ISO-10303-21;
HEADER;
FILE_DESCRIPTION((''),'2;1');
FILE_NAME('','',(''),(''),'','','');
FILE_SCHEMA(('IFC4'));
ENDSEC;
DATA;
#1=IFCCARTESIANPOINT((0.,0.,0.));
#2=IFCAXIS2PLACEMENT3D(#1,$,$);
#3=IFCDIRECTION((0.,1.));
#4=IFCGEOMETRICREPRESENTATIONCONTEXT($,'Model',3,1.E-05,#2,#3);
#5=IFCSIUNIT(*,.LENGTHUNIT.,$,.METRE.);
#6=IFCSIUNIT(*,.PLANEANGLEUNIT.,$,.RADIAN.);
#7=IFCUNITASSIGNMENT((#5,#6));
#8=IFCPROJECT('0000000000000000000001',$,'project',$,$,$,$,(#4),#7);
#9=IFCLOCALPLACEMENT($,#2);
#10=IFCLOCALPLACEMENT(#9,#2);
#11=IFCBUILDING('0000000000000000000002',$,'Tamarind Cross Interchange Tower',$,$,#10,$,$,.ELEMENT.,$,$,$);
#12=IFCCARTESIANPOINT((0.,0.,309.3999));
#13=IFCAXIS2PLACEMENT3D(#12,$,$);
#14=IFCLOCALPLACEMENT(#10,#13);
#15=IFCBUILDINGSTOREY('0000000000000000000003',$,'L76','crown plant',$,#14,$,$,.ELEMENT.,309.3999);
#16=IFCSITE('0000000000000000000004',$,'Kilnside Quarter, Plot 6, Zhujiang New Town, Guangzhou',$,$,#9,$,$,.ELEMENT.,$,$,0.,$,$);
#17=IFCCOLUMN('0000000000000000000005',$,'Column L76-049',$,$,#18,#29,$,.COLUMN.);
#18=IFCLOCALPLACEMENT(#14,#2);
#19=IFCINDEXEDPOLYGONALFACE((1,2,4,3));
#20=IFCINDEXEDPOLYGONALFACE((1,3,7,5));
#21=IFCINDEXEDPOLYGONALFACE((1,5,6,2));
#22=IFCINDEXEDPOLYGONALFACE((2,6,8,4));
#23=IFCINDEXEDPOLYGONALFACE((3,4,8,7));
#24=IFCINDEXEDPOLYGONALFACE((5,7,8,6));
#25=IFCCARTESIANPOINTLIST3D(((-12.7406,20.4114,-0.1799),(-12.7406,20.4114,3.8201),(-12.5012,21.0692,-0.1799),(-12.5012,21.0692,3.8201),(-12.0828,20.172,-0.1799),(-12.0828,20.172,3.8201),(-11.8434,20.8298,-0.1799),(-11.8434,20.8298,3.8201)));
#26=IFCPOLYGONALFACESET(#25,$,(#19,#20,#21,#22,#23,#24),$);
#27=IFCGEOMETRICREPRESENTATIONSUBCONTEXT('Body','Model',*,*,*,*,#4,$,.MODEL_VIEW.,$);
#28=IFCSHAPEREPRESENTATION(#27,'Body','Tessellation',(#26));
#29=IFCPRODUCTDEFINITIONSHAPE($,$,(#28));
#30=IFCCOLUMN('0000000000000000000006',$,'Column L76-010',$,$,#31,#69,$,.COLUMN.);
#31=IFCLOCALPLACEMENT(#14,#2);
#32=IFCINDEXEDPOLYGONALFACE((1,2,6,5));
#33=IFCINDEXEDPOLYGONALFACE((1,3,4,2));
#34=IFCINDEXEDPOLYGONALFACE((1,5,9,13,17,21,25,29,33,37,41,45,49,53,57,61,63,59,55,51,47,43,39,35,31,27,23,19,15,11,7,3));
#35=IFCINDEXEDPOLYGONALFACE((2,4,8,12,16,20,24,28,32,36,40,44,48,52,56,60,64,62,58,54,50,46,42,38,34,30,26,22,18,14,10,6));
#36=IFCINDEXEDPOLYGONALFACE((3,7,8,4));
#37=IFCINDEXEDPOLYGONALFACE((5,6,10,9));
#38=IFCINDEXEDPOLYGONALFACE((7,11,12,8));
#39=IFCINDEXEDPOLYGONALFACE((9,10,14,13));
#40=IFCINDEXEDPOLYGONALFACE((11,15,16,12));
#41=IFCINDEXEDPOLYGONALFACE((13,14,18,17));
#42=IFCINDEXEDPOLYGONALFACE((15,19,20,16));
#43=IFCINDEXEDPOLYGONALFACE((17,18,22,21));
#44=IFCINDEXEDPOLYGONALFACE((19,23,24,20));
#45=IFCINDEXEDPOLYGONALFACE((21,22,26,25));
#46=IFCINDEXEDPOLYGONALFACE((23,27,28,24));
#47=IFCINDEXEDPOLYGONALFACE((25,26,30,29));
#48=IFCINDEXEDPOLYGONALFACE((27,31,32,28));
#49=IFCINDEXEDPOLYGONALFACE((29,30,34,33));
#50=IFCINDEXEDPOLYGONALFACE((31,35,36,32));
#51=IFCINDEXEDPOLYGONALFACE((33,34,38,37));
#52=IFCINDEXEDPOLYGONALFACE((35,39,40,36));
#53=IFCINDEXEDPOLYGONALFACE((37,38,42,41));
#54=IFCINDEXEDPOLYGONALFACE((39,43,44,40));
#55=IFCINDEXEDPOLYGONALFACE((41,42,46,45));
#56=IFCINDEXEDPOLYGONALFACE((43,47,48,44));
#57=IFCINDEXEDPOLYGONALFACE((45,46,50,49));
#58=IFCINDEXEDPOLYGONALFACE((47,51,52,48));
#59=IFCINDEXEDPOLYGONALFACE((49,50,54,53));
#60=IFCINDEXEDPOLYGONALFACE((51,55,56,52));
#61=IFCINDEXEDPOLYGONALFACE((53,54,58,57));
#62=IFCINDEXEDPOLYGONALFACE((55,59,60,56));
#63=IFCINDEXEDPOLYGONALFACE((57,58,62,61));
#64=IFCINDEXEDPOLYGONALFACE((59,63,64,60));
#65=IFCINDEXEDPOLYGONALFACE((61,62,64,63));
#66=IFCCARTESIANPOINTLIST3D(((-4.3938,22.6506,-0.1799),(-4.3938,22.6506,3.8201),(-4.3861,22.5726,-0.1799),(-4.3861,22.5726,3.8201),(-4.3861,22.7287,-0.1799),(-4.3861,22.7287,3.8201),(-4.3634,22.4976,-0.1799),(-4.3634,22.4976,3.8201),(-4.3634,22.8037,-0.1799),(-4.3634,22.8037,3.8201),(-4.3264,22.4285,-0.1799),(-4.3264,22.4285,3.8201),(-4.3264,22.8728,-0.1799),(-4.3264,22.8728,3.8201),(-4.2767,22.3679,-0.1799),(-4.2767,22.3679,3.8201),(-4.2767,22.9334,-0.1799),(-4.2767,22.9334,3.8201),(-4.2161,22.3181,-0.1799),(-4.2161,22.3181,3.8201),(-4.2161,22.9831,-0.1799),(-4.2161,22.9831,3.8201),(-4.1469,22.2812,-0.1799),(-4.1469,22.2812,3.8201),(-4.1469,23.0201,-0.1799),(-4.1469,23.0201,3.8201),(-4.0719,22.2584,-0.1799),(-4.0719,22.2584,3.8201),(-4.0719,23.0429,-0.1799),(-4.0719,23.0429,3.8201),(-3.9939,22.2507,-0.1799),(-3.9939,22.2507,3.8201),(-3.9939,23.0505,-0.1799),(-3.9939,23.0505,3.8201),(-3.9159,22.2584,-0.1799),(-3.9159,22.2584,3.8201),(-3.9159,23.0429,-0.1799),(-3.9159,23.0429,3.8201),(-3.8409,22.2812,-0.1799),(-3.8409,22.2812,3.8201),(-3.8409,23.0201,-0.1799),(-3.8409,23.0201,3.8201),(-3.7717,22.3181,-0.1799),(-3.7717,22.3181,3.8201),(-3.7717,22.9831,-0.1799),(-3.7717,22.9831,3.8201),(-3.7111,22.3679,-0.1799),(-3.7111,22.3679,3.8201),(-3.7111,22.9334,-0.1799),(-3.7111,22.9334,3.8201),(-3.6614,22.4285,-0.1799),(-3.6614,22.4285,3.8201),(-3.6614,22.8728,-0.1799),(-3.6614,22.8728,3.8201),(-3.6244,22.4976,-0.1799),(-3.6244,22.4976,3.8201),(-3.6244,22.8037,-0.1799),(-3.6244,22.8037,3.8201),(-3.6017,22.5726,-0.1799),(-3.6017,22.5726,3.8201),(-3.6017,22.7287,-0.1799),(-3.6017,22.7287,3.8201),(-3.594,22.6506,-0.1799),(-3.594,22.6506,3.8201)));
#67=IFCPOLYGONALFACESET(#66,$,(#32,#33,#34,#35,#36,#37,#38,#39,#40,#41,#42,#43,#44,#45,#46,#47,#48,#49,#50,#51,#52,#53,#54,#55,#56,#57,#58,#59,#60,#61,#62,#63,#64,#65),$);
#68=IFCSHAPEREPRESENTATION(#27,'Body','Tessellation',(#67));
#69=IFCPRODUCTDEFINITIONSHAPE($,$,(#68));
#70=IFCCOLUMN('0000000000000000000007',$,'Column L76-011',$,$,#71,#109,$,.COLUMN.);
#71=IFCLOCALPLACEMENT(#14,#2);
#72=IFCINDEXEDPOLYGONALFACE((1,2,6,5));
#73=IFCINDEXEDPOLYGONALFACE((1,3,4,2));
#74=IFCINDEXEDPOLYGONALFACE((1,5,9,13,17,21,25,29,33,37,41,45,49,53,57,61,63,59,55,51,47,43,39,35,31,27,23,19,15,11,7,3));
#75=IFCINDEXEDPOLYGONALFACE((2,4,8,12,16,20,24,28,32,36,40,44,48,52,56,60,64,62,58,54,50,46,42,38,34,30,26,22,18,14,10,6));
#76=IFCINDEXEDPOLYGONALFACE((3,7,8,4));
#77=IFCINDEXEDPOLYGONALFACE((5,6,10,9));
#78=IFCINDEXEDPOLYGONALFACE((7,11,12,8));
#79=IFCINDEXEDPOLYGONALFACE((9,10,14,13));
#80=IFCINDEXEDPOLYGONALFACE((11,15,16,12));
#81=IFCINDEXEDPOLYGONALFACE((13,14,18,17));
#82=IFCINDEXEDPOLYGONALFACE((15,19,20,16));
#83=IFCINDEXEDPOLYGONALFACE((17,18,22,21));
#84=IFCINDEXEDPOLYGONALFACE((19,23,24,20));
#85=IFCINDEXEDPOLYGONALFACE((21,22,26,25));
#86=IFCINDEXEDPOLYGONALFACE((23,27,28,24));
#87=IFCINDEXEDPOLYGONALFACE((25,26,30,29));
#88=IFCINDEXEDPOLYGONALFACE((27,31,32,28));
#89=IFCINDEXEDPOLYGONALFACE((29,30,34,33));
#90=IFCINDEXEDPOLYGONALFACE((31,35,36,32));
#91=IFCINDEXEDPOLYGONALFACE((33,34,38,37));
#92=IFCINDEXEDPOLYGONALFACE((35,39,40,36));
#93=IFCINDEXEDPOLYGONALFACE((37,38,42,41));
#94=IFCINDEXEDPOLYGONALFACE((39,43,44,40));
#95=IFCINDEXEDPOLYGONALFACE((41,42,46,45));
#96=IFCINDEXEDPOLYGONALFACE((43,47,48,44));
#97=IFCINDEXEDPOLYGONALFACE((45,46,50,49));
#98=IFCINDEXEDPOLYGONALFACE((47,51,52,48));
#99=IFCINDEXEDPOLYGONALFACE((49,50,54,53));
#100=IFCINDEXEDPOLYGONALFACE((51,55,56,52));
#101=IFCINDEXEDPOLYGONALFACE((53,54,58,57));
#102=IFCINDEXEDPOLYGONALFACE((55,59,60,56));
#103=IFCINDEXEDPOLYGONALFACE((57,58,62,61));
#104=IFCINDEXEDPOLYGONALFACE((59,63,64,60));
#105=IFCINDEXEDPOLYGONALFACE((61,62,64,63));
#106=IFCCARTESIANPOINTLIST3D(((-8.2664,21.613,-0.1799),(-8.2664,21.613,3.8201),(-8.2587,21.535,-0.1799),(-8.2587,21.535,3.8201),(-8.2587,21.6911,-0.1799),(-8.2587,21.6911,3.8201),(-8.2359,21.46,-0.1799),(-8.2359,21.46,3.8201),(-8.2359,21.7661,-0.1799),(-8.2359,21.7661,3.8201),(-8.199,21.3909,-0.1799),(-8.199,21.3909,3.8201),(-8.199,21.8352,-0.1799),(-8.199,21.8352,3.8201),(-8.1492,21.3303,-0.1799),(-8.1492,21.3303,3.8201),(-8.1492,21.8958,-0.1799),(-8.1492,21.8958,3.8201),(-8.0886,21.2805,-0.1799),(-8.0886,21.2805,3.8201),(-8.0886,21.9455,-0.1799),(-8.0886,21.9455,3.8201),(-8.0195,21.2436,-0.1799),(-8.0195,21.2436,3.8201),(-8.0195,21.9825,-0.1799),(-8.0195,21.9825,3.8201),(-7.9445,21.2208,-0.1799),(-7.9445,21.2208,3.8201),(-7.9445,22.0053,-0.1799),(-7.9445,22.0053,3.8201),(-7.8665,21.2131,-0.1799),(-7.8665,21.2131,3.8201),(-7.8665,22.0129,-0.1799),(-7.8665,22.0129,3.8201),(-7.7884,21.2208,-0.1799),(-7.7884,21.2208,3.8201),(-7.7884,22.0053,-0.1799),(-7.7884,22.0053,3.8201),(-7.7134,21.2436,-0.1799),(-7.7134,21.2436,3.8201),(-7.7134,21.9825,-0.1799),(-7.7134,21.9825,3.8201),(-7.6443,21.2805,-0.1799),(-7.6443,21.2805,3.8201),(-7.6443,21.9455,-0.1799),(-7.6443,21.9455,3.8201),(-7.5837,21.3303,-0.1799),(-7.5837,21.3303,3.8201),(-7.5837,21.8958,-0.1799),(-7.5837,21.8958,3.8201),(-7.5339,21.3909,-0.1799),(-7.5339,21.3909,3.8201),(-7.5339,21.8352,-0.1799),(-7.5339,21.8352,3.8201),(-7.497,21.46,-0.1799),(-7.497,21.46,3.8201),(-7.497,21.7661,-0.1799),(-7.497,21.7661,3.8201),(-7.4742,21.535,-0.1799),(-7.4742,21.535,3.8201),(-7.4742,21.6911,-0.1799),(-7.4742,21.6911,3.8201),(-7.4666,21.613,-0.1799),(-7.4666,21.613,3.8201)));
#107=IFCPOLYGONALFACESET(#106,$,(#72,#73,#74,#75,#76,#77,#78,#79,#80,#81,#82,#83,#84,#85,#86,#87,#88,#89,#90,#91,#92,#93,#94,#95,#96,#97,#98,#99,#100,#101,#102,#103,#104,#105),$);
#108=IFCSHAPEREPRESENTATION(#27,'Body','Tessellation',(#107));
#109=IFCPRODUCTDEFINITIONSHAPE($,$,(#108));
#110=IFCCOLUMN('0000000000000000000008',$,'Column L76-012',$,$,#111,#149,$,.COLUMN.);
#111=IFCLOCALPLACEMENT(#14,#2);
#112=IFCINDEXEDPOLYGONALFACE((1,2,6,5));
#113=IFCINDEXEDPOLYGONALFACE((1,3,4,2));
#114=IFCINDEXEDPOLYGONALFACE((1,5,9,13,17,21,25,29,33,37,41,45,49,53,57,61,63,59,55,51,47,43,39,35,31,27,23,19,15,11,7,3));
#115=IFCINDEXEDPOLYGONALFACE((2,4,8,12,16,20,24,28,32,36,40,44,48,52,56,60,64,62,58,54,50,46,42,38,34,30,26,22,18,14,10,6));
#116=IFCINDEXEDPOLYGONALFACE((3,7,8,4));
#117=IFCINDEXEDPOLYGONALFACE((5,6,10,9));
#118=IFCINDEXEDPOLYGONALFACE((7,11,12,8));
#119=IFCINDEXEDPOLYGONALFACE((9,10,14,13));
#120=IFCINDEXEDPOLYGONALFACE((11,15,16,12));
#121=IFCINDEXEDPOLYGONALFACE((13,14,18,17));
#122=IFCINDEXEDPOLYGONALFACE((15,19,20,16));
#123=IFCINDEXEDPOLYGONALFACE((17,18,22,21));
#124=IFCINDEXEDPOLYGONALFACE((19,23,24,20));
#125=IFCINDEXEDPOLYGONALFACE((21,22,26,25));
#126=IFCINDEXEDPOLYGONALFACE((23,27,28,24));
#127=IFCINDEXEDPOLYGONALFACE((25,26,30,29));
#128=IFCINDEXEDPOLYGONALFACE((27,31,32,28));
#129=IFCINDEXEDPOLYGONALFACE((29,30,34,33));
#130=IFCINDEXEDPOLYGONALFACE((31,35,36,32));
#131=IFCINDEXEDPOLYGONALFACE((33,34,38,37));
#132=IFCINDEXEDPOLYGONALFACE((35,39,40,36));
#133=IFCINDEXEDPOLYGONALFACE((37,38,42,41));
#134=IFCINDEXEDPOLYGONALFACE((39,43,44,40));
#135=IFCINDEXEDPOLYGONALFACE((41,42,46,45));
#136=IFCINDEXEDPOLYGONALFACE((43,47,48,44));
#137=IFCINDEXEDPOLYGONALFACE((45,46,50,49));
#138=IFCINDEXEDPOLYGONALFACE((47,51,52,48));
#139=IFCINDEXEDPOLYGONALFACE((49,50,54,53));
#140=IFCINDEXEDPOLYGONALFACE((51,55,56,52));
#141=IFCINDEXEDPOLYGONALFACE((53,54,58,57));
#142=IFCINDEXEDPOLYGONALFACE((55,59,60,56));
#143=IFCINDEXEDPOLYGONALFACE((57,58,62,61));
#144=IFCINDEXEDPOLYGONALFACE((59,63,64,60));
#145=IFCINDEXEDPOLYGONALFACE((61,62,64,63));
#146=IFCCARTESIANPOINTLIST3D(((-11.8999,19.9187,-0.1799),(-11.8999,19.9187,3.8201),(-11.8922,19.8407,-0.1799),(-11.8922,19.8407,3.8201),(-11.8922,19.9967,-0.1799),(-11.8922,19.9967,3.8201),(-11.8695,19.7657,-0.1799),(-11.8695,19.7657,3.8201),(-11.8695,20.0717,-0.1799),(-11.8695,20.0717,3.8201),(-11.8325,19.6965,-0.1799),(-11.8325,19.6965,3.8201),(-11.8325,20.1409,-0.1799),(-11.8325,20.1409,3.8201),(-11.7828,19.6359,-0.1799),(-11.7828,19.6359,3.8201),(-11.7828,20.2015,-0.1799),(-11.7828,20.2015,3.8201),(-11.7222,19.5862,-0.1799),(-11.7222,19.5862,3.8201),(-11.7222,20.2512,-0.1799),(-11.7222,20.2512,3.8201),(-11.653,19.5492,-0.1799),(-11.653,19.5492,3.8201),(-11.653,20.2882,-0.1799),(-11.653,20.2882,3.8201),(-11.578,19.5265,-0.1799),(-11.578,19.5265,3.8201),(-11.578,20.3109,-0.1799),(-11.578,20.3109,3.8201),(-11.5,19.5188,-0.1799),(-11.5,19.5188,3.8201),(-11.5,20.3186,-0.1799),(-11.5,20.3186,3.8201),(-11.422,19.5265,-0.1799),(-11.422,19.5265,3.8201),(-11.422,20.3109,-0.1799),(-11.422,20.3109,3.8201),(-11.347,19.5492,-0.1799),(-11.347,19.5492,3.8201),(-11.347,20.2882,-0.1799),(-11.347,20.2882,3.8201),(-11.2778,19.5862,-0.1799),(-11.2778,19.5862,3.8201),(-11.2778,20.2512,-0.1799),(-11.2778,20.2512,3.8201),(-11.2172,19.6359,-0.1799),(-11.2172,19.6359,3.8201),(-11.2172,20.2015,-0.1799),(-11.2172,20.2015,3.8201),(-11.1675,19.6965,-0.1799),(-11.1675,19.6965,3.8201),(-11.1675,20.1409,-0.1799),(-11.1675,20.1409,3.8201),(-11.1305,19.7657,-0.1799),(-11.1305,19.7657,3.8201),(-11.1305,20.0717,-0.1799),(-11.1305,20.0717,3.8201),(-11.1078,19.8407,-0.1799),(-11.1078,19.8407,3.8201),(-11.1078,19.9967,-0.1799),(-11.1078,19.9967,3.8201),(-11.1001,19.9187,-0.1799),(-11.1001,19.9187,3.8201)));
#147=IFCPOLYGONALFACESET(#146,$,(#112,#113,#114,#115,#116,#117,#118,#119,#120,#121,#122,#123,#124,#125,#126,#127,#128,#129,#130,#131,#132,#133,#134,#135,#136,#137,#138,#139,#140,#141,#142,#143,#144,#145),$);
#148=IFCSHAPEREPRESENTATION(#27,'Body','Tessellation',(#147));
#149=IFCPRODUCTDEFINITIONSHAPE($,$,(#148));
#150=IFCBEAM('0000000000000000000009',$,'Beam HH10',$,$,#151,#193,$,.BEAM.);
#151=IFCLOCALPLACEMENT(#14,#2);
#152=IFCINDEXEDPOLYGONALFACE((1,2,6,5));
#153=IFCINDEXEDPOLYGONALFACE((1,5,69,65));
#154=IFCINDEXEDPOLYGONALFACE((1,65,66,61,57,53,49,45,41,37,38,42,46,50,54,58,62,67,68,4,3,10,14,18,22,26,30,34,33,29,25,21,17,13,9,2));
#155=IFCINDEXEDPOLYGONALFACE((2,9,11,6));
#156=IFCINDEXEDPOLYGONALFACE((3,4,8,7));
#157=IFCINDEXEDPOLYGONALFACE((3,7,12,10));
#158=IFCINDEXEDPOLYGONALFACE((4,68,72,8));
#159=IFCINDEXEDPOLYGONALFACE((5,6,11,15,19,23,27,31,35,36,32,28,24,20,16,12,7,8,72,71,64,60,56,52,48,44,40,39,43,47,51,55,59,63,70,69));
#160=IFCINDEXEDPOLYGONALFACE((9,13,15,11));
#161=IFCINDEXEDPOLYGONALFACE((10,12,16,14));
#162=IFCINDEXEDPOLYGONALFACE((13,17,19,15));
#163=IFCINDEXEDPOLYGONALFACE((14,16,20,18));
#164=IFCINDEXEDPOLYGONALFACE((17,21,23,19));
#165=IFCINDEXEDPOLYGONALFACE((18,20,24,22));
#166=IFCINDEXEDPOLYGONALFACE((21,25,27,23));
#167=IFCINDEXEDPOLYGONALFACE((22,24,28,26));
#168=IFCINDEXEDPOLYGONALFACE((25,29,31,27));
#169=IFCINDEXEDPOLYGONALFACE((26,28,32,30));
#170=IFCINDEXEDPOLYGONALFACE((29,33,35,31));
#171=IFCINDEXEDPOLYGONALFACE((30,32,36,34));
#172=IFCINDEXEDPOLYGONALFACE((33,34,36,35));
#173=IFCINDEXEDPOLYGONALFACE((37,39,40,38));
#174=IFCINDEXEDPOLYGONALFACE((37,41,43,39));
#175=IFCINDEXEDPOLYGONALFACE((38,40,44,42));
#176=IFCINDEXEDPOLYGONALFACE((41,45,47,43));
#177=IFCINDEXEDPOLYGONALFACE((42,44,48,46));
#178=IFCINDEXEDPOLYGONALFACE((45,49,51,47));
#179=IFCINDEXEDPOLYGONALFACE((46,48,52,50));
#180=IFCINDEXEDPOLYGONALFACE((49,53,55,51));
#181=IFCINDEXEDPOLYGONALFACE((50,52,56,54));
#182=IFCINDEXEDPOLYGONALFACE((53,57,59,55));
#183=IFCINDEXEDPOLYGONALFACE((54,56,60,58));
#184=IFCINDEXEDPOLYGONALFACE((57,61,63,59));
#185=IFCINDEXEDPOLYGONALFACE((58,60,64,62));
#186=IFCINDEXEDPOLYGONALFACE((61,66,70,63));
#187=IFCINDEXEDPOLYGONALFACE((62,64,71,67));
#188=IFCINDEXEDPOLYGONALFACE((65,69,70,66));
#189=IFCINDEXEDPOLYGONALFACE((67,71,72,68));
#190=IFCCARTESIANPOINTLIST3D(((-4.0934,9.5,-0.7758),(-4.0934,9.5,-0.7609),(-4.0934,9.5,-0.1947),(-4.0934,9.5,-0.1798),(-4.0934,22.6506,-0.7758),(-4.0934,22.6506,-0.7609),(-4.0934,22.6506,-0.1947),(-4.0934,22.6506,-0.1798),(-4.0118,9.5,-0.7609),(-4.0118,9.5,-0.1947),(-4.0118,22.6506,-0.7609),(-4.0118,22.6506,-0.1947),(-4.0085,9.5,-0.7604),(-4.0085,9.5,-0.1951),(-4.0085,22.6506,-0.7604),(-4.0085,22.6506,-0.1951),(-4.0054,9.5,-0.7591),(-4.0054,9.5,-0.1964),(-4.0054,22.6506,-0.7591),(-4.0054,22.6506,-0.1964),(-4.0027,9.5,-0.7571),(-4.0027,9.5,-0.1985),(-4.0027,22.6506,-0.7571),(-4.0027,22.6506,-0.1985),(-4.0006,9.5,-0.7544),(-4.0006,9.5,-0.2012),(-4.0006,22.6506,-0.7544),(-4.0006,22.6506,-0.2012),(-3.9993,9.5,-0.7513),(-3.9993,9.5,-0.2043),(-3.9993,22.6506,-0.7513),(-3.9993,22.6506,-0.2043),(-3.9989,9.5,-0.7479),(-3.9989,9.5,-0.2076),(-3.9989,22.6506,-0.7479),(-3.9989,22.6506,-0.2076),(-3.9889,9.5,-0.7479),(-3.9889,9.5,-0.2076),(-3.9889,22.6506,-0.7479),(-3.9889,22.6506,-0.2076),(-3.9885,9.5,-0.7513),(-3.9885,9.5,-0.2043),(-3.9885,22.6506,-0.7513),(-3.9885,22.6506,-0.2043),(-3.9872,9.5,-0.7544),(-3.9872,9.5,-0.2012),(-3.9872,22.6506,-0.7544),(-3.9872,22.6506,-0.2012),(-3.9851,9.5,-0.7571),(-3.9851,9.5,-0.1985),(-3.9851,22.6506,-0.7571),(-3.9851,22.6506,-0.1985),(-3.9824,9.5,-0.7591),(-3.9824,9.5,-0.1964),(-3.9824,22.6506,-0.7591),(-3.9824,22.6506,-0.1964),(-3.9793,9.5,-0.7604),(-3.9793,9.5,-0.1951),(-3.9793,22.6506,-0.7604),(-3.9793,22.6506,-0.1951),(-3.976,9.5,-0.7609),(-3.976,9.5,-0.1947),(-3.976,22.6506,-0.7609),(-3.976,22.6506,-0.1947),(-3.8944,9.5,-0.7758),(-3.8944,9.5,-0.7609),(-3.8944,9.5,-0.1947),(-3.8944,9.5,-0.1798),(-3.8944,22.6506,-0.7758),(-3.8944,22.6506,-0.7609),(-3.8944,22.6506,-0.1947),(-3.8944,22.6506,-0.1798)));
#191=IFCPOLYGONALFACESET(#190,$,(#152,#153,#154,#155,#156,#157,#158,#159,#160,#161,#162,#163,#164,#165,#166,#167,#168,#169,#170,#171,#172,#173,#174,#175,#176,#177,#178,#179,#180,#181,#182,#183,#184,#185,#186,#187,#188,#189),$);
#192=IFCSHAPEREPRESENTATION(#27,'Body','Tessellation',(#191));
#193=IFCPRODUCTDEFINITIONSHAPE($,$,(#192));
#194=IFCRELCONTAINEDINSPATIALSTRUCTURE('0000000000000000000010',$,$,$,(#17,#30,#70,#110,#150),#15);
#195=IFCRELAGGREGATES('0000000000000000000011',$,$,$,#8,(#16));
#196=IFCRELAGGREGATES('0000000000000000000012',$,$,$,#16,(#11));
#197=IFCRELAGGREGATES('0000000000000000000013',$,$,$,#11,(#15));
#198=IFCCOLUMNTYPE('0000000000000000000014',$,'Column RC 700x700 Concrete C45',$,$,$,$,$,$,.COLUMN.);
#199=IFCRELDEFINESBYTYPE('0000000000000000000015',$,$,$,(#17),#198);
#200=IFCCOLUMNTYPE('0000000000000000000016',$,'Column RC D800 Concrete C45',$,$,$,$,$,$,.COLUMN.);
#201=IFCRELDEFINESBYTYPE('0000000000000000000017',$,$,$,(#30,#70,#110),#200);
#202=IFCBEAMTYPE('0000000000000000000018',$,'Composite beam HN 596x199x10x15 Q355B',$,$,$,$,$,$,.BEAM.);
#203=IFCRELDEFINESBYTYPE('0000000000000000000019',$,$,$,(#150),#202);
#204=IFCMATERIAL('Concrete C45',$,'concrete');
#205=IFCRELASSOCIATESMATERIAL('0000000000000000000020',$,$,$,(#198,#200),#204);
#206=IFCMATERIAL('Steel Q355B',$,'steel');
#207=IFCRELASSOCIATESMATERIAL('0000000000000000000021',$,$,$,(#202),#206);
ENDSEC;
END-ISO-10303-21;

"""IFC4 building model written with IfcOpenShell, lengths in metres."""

from ifc_helpers import new_model, si_unit, direction, frame, origin, origin_2d, place, context, subcontext, project, spatial, rectangle, circle, i_section, extrude, material, material_profile, profile_set, type_object, element, save


model = new_model("IFC4")

# Units and contexts
model_context = context("Model", 3, precision=1e-05, world=origin(), true_north=direction((0.0, 1.0)))
body_context = subcontext(model_context, "Body", "Model", "MODEL_VIEW")
ifc_project = project(units=[si_unit("LENGTHUNIT", "METRE"), si_unit("PLANEANGLEUNIT", "RADIAN")], contexts=[model_context])

# Site, building, storey
site_placement = place(None, origin())
site = spatial("IfcSite", under=ifc_project, at=site_placement, Name="Kilnside Quarter, Plot 6, Zhujiang New Town, Guangzhou", CompositionType="ELEMENT", RefElevation=0.0)
building_placement = place(site_placement, origin())
building = spatial("IfcBuilding", under=site, at=building_placement, Name="Tamarind Cross Interchange Tower", CompositionType="ELEMENT")
storey_placement = place(building_placement, frame((0.0, 0.0, 309.3999)))
storey = spatial("IfcBuildingStorey", under=building, at=storey_placement, Name="L76", Description="crown plant", CompositionType="ELEMENT", Elevation=309.3999)

# Columns
ifc_material_1 = material(Name="Concrete C45", Category="concrete")
ifc_material_profile_1 = material_profile(ifc_material_1, rectangle(XDim=0.7, YDim=0.7, at=origin_2d()), Name="RC 700x700")
ifc_profile_set_1 = profile_set([ifc_material_profile_1], Name="Concrete C45")
column_type_1 = type_object("IfcColumnType", Name="Column RC 700x700 Concrete C45", PredefinedType="COLUMN", material=ifc_profile_set_1)
column_placement = place(storey_placement, frame((-12.292, 20.6206, -0.1799), z_axis=(0.0, 0.0, 1.0), x_axis=(0.341994, 0.939702, 0.0)))
element("IfcColumn", 1, at=column_placement, inside=storey, type_object=column_type_1, Name="Column L76-049", PredefinedType="COLUMN", context=body_context, shape_type="SweptSolid", body=[
    extrude(rectangle(XDim=0.7, YDim=0.7, at=origin_2d()), origin(), (0.0, 0.0, 1.0), 4.0),
])
ifc_material_profile_2 = material_profile(ifc_material_1, circle(Radius=0.3999, at=origin_2d()), Name="RC D800")
ifc_profile_set_2 = profile_set([ifc_material_profile_2], Name="Concrete C45")
column_type_2 = type_object("IfcColumnType", Name="Column RC D800 Concrete C45", PredefinedType="COLUMN", material=ifc_profile_set_2)
for number, where, z_axis, x_axis, name in (
    (2, (-3.9939, 22.6506, -0.1799), (0.0, 0.0, 1.0), (1.0, 0.0, 0.0), "Column L76-010"),
    (3, (-7.8665, 21.613, -0.1799), (0.0, 0.0, 1.0), (1.0, 0.0, 0.0), "Column L76-011"),
    (4, (-11.5, 19.9187, -0.1799), (0.0, 0.0, 1.0), (1.0, 0.0, 0.0), "Column L76-012"),
):
    element("IfcColumn", number, at=place(storey_placement, frame(where, z_axis=z_axis, x_axis=x_axis)), inside=storey, type_object=column_type_2, Name=name, PredefinedType="COLUMN", context=body_context, shape_type="SweptSolid", body=[
        extrude(circle(Radius=0.3999, at=origin_2d()), origin(), (0.0, 0.0, 1.0), 4.0),
    ])

# Beam
ifc_material_2 = material(Name="Steel Q355B", Category="steel")
ifc_material_profile_3 = material_profile(ifc_material_2, i_section(OverallWidth=0.199, OverallDepth=0.5959, WebThickness=0.01, FlangeThickness=0.0149, FilletRadius=0.0129, at=origin_2d()), Name="HN 596x199x10x15")
ifc_profile_set_3 = profile_set([ifc_material_profile_3], Name="Steel Q355B")
beam_type = type_object("IfcBeamType", Name="Composite beam HN 596x199x10x15 Q355B", PredefinedType="BEAM", material=ifc_profile_set_3)
beam_1_placement = place(storey_placement, frame((-3.9939, 22.6506, -0.4778), z_axis=(0.0, -1.0, 0.0), x_axis=(1.0, 0.0, 0.0)))
element("IfcBeam", 5, at=beam_1_placement, inside=storey, type_object=beam_type, Name="Beam HH10", PredefinedType="BEAM", context=body_context, shape_type="SweptSolid", body=[
    extrude(i_section(OverallWidth=0.199, OverallDepth=0.5959, WebThickness=0.01, FlangeThickness=0.0149, FilletRadius=0.0129, at=origin_2d()), origin(), (0.0, 0.0, 1.0), 13.1506),
])

save(model, "model.ifc")
